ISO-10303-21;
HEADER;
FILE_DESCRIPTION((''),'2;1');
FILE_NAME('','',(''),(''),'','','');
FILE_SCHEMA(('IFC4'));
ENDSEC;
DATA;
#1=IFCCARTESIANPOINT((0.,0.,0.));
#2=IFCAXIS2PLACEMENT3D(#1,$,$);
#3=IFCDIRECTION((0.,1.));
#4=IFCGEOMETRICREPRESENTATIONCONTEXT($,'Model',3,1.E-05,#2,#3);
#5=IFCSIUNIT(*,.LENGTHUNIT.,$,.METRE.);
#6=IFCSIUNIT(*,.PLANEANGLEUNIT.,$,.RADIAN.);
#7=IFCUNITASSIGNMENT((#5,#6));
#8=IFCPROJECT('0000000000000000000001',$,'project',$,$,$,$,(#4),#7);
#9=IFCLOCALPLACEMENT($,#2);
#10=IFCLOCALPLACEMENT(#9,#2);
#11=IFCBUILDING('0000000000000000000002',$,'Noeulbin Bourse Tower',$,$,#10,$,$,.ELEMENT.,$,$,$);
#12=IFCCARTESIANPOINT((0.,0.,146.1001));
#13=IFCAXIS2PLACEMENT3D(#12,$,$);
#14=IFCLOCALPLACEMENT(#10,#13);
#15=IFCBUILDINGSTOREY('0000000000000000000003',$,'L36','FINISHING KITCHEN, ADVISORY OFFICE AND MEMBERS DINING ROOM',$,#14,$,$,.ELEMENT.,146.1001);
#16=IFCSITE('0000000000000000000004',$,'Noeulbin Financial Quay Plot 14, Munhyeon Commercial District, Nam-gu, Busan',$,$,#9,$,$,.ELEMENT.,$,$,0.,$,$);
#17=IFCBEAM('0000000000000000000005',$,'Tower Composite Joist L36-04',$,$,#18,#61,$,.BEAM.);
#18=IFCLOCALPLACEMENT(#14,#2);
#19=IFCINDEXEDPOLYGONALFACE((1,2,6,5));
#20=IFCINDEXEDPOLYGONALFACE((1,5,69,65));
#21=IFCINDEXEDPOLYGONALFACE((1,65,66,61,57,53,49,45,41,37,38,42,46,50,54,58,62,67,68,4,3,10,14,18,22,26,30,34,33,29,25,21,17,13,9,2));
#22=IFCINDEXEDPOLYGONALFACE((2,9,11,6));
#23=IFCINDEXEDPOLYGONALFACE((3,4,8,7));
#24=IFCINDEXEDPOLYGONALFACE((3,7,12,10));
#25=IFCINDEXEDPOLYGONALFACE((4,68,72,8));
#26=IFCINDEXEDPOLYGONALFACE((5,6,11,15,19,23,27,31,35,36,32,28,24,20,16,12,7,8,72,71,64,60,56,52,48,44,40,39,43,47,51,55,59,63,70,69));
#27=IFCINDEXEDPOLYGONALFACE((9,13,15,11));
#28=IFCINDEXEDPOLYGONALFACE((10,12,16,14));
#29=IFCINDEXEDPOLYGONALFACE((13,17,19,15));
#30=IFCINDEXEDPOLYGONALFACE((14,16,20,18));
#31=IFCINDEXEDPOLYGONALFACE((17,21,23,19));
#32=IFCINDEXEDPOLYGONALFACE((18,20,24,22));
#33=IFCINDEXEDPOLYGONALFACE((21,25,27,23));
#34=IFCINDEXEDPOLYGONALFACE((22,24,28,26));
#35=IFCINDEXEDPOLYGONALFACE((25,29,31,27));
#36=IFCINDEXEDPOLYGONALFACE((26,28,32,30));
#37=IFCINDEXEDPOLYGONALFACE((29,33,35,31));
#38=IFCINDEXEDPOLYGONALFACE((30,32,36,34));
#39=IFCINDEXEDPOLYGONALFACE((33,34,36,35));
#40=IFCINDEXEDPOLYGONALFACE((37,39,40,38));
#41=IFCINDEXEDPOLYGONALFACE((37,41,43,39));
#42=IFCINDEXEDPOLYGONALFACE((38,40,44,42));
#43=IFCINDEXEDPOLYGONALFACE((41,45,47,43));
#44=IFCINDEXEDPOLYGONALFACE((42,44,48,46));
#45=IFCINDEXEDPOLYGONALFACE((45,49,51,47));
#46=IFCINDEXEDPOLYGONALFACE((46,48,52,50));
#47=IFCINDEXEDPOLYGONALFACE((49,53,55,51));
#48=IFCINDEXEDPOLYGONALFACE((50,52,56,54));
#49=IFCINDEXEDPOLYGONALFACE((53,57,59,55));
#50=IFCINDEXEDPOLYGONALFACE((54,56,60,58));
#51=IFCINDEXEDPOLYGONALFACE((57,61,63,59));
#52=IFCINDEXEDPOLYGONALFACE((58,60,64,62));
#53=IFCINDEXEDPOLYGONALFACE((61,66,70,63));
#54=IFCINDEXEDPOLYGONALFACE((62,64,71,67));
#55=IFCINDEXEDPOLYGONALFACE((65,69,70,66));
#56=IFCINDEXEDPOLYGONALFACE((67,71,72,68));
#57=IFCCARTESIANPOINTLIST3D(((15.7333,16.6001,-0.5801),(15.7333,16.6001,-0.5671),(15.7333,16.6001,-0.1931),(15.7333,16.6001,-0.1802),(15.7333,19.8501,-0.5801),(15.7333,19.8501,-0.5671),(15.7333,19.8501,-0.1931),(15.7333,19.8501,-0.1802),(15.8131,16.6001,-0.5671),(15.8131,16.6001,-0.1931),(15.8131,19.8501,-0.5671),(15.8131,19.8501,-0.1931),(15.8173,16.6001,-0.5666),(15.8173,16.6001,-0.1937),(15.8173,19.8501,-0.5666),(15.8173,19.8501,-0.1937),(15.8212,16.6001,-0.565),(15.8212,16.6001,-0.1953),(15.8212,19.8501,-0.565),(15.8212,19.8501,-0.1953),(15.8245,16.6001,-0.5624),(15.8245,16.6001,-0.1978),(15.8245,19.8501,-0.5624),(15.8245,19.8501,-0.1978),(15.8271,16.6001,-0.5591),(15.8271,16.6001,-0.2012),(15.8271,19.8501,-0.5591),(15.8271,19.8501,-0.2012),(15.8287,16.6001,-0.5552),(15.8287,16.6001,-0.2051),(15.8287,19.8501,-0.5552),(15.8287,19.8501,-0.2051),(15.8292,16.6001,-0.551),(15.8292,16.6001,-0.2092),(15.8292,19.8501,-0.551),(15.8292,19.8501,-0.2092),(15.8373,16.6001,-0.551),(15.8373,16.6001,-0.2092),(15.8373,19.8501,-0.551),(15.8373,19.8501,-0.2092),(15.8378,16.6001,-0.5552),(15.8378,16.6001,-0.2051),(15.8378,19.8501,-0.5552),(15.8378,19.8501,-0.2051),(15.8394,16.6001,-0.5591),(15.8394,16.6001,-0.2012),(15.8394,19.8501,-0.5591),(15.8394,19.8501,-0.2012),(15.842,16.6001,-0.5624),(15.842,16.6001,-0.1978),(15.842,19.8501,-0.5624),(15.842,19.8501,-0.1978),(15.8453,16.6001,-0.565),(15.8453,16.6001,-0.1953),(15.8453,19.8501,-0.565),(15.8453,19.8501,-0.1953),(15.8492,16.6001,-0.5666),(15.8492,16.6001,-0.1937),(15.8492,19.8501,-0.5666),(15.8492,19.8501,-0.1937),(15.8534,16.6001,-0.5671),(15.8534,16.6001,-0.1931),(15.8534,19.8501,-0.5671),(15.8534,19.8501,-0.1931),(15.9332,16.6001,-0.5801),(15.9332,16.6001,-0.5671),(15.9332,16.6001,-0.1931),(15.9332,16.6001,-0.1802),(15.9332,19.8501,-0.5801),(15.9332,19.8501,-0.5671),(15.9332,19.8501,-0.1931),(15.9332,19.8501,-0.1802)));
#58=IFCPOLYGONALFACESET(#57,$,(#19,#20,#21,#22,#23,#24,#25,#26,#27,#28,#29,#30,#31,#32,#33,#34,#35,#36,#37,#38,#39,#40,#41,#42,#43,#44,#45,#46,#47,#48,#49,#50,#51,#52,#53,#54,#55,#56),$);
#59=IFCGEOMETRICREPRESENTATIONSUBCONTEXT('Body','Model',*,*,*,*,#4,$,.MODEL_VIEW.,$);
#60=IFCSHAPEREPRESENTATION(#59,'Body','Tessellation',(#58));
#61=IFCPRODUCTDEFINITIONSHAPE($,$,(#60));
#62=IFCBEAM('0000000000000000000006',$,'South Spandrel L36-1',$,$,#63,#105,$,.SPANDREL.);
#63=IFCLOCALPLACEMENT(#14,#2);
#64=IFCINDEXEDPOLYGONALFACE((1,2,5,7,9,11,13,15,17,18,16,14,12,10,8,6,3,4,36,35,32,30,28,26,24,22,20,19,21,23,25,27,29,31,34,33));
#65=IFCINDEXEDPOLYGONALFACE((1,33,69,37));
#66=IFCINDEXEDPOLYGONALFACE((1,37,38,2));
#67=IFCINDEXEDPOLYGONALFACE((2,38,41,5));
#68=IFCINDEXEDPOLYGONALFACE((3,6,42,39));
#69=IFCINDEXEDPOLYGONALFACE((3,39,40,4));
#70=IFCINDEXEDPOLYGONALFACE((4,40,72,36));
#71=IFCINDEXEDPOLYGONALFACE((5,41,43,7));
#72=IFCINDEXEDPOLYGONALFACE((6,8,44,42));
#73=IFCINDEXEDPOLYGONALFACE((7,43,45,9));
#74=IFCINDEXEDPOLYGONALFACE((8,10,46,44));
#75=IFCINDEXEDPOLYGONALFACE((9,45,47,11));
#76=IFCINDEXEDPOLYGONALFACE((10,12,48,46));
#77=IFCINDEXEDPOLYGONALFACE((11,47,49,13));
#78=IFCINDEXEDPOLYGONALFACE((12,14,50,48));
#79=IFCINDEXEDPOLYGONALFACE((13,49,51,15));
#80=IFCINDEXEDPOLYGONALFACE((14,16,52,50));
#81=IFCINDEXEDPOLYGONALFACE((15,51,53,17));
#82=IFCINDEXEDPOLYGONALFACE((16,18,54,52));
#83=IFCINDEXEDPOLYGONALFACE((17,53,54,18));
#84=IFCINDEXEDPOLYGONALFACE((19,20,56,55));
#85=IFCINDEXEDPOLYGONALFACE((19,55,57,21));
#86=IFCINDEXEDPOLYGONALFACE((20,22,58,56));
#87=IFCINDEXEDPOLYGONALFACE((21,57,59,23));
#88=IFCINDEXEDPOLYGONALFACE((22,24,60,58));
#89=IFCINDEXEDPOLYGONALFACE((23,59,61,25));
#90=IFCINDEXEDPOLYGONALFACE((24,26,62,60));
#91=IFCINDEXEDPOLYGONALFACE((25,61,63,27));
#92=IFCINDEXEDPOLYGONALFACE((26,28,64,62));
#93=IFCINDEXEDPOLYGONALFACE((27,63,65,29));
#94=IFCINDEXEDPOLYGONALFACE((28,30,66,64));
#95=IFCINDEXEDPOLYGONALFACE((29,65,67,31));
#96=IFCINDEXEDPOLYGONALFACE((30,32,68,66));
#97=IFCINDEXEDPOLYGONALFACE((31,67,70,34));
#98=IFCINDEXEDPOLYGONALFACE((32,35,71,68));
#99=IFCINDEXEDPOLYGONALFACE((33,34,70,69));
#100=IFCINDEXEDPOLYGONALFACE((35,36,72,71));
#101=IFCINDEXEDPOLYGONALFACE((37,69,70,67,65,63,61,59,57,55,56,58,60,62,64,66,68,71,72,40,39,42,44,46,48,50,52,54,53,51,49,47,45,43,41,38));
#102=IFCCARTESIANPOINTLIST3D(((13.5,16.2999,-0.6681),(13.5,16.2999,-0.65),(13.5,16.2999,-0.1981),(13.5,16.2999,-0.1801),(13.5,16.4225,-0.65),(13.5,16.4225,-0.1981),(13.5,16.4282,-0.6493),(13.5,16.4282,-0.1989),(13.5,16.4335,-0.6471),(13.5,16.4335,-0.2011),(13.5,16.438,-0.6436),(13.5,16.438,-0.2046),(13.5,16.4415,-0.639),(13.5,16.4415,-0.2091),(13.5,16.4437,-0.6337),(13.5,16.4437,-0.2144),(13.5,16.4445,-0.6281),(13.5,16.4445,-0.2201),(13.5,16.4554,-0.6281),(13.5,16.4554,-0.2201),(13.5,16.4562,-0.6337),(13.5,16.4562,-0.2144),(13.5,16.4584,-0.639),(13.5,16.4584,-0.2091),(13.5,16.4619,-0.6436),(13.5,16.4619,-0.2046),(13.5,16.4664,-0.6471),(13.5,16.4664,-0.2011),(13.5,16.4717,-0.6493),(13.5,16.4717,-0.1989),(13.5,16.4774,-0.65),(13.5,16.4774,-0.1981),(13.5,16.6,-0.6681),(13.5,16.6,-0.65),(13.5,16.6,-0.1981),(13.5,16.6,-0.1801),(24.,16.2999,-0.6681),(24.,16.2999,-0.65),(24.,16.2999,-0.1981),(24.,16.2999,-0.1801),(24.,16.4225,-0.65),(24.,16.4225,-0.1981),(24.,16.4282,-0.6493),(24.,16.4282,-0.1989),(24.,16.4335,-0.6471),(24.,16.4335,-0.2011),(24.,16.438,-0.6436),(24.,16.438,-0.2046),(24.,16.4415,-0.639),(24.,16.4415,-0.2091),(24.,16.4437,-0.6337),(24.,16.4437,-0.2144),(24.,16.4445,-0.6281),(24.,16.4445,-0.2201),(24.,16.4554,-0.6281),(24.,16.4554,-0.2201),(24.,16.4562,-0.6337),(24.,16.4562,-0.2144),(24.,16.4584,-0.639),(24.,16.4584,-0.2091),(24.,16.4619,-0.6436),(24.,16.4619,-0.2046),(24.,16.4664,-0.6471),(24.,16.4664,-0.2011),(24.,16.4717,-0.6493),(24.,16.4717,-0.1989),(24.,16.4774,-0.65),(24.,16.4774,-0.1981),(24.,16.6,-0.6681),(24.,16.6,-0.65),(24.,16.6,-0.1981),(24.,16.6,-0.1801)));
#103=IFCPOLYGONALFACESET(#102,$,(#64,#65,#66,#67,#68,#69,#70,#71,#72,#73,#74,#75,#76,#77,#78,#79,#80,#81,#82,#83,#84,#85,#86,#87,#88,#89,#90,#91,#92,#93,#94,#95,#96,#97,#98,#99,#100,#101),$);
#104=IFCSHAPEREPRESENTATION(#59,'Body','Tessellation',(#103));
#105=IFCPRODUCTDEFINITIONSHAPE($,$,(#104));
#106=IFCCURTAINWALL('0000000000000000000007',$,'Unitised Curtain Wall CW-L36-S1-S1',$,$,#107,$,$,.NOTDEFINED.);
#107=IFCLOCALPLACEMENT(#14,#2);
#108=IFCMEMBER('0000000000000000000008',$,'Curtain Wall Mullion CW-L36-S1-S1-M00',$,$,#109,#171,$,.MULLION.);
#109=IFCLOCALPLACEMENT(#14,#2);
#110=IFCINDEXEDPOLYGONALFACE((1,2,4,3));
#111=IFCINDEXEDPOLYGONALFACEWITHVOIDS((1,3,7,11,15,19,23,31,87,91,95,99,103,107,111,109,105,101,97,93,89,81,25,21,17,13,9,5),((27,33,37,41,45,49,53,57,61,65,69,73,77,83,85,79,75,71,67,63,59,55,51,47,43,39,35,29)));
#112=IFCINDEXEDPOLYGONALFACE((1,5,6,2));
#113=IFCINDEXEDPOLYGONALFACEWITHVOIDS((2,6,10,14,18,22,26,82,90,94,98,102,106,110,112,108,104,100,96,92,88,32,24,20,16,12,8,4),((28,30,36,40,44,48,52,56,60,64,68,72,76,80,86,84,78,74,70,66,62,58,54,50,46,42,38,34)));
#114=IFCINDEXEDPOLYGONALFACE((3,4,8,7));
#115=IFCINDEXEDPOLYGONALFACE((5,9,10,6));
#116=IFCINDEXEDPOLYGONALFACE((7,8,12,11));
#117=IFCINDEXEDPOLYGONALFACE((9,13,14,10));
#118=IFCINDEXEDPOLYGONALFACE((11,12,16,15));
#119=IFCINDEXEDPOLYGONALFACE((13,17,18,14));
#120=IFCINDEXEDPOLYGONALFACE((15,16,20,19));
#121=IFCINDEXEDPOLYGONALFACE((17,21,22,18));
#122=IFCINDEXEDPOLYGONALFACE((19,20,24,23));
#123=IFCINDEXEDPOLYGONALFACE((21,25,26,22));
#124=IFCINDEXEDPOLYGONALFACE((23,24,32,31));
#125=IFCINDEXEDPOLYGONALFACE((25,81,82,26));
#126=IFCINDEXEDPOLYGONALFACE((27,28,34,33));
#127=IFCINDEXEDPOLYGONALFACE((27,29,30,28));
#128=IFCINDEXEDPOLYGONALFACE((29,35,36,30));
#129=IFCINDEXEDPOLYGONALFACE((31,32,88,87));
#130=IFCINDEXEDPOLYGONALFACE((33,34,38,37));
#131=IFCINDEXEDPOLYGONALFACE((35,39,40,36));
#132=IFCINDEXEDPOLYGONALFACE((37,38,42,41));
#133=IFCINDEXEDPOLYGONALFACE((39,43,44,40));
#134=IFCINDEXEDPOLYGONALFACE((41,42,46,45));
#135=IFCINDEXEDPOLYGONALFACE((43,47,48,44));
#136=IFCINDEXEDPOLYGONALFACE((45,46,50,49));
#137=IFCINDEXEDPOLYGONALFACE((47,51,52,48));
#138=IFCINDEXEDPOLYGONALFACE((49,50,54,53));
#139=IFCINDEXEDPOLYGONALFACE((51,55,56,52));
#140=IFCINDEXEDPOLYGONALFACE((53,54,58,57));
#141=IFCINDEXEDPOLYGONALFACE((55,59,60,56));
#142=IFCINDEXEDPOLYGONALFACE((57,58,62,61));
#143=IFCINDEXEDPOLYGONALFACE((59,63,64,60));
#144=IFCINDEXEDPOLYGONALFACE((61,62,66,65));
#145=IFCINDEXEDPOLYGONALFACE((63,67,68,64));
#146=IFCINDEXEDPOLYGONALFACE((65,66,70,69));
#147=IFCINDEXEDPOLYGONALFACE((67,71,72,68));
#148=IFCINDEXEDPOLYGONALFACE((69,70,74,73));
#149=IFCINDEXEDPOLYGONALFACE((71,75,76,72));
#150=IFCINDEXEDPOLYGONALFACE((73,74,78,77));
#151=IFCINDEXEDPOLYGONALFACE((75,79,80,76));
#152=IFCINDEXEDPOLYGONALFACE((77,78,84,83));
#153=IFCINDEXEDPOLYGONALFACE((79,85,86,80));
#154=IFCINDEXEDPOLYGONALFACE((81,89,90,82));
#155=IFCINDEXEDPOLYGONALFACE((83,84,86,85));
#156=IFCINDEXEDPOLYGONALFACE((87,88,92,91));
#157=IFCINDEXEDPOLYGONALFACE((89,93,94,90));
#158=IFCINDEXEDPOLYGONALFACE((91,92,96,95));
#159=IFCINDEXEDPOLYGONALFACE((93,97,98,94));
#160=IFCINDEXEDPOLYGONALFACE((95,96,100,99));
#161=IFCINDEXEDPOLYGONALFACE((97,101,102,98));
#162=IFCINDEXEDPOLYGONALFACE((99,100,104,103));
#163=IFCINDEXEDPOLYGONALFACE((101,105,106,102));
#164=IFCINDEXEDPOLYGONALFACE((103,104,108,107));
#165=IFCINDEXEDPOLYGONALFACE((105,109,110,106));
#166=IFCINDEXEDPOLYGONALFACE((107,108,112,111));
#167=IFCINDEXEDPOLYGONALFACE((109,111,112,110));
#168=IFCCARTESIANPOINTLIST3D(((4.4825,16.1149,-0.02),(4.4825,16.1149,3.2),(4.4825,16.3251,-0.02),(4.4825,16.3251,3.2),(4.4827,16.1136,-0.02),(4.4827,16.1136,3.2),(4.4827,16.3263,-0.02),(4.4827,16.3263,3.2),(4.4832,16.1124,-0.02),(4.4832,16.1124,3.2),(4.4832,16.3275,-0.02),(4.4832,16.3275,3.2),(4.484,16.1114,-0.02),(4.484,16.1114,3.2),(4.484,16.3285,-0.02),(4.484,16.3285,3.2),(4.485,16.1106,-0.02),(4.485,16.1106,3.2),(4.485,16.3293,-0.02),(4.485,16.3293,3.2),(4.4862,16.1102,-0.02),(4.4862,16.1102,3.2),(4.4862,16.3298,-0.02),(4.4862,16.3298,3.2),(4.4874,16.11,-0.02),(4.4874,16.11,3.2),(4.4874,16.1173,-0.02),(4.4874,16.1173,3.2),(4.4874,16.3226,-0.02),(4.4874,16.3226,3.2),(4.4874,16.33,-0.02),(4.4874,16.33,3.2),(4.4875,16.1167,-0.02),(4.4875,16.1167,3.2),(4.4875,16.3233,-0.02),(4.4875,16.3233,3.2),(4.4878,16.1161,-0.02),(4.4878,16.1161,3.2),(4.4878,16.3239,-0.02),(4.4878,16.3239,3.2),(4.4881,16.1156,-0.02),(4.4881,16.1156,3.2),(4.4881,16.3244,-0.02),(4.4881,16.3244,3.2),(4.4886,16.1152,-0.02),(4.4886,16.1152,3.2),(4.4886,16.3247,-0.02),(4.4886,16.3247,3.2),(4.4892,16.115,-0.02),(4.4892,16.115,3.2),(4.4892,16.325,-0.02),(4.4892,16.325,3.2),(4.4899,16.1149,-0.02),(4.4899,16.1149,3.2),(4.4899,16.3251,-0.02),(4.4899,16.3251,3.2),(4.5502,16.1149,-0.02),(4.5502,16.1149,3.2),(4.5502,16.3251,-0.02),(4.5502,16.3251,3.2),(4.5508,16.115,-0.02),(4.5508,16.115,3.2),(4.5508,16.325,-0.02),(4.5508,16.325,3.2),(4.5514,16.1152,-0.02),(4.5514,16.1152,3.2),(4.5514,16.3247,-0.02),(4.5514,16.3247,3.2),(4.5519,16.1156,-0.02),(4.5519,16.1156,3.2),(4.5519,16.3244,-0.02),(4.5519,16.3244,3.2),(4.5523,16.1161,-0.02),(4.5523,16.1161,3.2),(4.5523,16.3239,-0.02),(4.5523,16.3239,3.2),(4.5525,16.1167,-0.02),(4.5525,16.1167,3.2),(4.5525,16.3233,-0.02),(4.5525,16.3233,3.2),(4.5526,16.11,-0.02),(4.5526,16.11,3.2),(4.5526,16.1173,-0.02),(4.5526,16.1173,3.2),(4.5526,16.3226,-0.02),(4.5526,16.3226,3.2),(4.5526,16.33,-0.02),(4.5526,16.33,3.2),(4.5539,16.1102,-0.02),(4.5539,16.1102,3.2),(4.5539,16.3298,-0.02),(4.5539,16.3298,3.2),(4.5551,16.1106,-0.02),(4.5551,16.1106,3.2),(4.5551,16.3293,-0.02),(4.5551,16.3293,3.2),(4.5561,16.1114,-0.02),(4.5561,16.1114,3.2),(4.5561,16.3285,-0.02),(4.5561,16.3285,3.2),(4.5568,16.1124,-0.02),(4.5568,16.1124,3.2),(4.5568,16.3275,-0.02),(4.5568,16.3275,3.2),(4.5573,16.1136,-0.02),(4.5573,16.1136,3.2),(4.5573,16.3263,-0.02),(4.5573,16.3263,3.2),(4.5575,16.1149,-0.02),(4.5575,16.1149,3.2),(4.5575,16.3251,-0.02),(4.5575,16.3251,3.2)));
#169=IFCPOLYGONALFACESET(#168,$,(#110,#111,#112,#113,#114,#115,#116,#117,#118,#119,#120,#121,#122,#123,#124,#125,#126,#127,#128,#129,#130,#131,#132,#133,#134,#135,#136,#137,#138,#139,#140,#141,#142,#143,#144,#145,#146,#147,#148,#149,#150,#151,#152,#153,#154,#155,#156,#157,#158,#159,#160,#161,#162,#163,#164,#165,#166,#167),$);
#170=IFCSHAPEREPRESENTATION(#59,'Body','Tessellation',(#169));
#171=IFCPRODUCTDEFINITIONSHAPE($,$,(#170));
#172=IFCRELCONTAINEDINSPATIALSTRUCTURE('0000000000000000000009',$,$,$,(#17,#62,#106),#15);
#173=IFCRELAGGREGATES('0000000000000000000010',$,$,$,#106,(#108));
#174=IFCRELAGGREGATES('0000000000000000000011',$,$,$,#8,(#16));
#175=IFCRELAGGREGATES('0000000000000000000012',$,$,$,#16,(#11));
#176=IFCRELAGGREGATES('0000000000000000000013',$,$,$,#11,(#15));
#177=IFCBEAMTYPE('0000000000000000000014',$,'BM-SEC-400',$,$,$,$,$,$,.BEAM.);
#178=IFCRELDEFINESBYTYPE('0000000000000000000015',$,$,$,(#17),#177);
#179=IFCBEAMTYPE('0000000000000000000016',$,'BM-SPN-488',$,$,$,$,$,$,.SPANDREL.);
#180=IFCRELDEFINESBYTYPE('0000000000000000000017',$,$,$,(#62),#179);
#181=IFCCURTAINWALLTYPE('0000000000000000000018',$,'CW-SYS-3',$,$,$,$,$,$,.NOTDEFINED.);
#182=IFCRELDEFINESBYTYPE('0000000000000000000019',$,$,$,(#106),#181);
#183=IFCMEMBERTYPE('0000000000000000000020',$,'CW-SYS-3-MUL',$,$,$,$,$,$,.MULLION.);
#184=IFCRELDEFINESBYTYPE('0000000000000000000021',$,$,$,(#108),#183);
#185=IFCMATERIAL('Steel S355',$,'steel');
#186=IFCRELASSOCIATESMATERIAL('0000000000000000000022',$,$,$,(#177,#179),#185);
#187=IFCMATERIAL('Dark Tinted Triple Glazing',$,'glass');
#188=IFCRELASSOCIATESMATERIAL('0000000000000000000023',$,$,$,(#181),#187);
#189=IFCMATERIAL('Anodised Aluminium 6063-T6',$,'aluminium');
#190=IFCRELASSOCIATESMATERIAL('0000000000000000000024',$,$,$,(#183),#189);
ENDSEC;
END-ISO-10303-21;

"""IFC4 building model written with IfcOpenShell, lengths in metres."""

from ifc_helpers import new_model, si_unit, direction, frame, origin, origin_2d, place, context, subcontext, project, spatial, hollow_rectangle, i_section, extrude, material, material_profile, profile_set, type_object, element, aggregate, save


model = new_model("IFC4")

# Units and contexts
model_context = context("Model", 3, precision=1e-05, world=origin(), true_north=direction((0.0, 1.0)))
body_context = subcontext(model_context, "Body", "Model", "MODEL_VIEW")
ifc_project = project(units=[si_unit("LENGTHUNIT", "METRE"), si_unit("PLANEANGLEUNIT", "RADIAN")], contexts=[model_context])

# Site, building, storey
site_placement = place(None, origin())
site = spatial("IfcSite", under=ifc_project, at=site_placement, Name="Noeulbin Financial Quay Plot 14, Munhyeon Commercial District, Nam-gu, Busan", CompositionType="ELEMENT", RefElevation=0.0)
building_placement = place(site_placement, origin())
building = spatial("IfcBuilding", under=site, at=building_placement, Name="Noeulbin Bourse Tower", CompositionType="ELEMENT")
storey_placement = place(building_placement, frame((0.0, 0.0, 146.1001)))
storey = spatial("IfcBuildingStorey", under=building, at=storey_placement, Name="L36", Description="FINISHING KITCHEN, ADVISORY OFFICE AND MEMBERS DINING ROOM", CompositionType="ELEMENT", Elevation=146.1001)

# Shared definitions
ifc_material_1 = material(Name="Steel S355", Category="steel")

# Beams
ifc_material_profile_1 = material_profile(ifc_material_1, i_section(OverallWidth=0.2, OverallDepth=0.3999, WebThickness=0.0081, FlangeThickness=0.0129, FilletRadius=0.0161, at=origin_2d()), Name="H-400x200x8x13", Category="LoadBearing")
ifc_profile_set_1 = profile_set([ifc_material_profile_1], Name="Steel S355")
beam_type_1 = type_object("IfcBeamType", Name="BM-SEC-400", PredefinedType="BEAM", material=ifc_profile_set_1)
for number, where, z_axis, x_axis, name in (
    (1, (15.8333, 16.6001, -0.3801), (0.0, 1.0, 0.0), (-1.0, 0.0, 0.0), "Tower Composite Joist L36-04"),
):
    element("IfcBeam", number, at=place(storey_placement, frame(where, z_axis=z_axis, x_axis=x_axis)), inside=storey, type_object=beam_type_1, Name=name, PredefinedType="BEAM", context=body_context, shape_type="SweptSolid", body=[
        extrude(i_section(OverallWidth=0.2, OverallDepth=0.3999, WebThickness=0.0081, FlangeThickness=0.0129, FilletRadius=0.0161, at=origin_2d()), origin(), (0.0, 0.0, 1.0), 3.25),
    ])
ifc_material_profile_2 = material_profile(ifc_material_1, i_section(OverallWidth=0.3, OverallDepth=0.488, WebThickness=0.011, FlangeThickness=0.0181, FilletRadius=0.022, at=origin_2d()), Name="H-488x300x11x18", Category="LoadBearing")
ifc_profile_set_2 = profile_set([ifc_material_profile_2], Name="Steel S355")
beam_type_2 = type_object("IfcBeamType", Name="BM-SPN-488", PredefinedType="SPANDREL", material=ifc_profile_set_2)
beam_1_placement = place(storey_placement, frame((13.5, 16.45, -0.4241), z_axis=(1.0, 0.0, 0.0), x_axis=(0.0, 1.0, 0.0)))
element("IfcBeam", 2, at=beam_1_placement, inside=storey, type_object=beam_type_2, Name="South Spandrel L36-1", PredefinedType="SPANDREL", context=body_context, shape_type="SweptSolid", body=[
    extrude(i_section(OverallWidth=0.3, OverallDepth=0.488, WebThickness=0.011, FlangeThickness=0.0181, FilletRadius=0.022, at=origin_2d()), origin(), (0.0, 0.0, 1.0), 10.5),
])

# Curtain wall, member
ifc_material_2 = material(Name="Dark Tinted Triple Glazing", Category="glass")
curtain_wall_type = type_object("IfcCurtainWallType", Name="CW-SYS-3", PredefinedType="NOTDEFINED", material=ifc_material_2)
curtain_wall_1_placement = place(storey_placement, origin())
curtain_wall_1 = element("IfcCurtainWall", 3, at=curtain_wall_1_placement, inside=storey, type_object=curtain_wall_type, Name="Unitised Curtain Wall CW-L36-S1-S1", PredefinedType="NOTDEFINED")
ifc_material_3 = material(Name="Anodised Aluminium 6063-T6", Category="aluminium")
ifc_material_profile_3 = material_profile(ifc_material_3, hollow_rectangle(XDim=0.075, YDim=0.22, WallThickness=0.0049, InnerFilletRadius=0.0024, OuterFilletRadius=0.0049, at=origin_2d()), Name="ALU-MULL-75x220x5", Category="LoadBearing")
ifc_profile_set_3 = profile_set([ifc_material_profile_3], Name="Anodised Aluminium 6063-T6")
member_type_1 = type_object("IfcMemberType", Name="CW-SYS-3-MUL", PredefinedType="MULLION", material=ifc_profile_set_3)
member_1_placement = place(storey_placement, frame((4.52, 16.22, -0.02), z_axis=(0.0, 0.0, 1.0), x_axis=(1.0, 0.0, 0.0)))
member_1 = element("IfcMember", 4, at=member_1_placement, type_object=member_type_1, Name="Curtain Wall Mullion CW-L36-S1-S1-M00", PredefinedType="MULLION", context=body_context, shape_type="SweptSolid", body=[
    extrude(hollow_rectangle(XDim=0.075, YDim=0.22, WallThickness=0.0049, InnerFilletRadius=0.0024, OuterFilletRadius=0.0049, at=origin_2d()), origin(), (0.0, 0.0, 1.0), 3.22),
])

aggregate(curtain_wall_1, [member_1])

save(model, "model.ifc")
